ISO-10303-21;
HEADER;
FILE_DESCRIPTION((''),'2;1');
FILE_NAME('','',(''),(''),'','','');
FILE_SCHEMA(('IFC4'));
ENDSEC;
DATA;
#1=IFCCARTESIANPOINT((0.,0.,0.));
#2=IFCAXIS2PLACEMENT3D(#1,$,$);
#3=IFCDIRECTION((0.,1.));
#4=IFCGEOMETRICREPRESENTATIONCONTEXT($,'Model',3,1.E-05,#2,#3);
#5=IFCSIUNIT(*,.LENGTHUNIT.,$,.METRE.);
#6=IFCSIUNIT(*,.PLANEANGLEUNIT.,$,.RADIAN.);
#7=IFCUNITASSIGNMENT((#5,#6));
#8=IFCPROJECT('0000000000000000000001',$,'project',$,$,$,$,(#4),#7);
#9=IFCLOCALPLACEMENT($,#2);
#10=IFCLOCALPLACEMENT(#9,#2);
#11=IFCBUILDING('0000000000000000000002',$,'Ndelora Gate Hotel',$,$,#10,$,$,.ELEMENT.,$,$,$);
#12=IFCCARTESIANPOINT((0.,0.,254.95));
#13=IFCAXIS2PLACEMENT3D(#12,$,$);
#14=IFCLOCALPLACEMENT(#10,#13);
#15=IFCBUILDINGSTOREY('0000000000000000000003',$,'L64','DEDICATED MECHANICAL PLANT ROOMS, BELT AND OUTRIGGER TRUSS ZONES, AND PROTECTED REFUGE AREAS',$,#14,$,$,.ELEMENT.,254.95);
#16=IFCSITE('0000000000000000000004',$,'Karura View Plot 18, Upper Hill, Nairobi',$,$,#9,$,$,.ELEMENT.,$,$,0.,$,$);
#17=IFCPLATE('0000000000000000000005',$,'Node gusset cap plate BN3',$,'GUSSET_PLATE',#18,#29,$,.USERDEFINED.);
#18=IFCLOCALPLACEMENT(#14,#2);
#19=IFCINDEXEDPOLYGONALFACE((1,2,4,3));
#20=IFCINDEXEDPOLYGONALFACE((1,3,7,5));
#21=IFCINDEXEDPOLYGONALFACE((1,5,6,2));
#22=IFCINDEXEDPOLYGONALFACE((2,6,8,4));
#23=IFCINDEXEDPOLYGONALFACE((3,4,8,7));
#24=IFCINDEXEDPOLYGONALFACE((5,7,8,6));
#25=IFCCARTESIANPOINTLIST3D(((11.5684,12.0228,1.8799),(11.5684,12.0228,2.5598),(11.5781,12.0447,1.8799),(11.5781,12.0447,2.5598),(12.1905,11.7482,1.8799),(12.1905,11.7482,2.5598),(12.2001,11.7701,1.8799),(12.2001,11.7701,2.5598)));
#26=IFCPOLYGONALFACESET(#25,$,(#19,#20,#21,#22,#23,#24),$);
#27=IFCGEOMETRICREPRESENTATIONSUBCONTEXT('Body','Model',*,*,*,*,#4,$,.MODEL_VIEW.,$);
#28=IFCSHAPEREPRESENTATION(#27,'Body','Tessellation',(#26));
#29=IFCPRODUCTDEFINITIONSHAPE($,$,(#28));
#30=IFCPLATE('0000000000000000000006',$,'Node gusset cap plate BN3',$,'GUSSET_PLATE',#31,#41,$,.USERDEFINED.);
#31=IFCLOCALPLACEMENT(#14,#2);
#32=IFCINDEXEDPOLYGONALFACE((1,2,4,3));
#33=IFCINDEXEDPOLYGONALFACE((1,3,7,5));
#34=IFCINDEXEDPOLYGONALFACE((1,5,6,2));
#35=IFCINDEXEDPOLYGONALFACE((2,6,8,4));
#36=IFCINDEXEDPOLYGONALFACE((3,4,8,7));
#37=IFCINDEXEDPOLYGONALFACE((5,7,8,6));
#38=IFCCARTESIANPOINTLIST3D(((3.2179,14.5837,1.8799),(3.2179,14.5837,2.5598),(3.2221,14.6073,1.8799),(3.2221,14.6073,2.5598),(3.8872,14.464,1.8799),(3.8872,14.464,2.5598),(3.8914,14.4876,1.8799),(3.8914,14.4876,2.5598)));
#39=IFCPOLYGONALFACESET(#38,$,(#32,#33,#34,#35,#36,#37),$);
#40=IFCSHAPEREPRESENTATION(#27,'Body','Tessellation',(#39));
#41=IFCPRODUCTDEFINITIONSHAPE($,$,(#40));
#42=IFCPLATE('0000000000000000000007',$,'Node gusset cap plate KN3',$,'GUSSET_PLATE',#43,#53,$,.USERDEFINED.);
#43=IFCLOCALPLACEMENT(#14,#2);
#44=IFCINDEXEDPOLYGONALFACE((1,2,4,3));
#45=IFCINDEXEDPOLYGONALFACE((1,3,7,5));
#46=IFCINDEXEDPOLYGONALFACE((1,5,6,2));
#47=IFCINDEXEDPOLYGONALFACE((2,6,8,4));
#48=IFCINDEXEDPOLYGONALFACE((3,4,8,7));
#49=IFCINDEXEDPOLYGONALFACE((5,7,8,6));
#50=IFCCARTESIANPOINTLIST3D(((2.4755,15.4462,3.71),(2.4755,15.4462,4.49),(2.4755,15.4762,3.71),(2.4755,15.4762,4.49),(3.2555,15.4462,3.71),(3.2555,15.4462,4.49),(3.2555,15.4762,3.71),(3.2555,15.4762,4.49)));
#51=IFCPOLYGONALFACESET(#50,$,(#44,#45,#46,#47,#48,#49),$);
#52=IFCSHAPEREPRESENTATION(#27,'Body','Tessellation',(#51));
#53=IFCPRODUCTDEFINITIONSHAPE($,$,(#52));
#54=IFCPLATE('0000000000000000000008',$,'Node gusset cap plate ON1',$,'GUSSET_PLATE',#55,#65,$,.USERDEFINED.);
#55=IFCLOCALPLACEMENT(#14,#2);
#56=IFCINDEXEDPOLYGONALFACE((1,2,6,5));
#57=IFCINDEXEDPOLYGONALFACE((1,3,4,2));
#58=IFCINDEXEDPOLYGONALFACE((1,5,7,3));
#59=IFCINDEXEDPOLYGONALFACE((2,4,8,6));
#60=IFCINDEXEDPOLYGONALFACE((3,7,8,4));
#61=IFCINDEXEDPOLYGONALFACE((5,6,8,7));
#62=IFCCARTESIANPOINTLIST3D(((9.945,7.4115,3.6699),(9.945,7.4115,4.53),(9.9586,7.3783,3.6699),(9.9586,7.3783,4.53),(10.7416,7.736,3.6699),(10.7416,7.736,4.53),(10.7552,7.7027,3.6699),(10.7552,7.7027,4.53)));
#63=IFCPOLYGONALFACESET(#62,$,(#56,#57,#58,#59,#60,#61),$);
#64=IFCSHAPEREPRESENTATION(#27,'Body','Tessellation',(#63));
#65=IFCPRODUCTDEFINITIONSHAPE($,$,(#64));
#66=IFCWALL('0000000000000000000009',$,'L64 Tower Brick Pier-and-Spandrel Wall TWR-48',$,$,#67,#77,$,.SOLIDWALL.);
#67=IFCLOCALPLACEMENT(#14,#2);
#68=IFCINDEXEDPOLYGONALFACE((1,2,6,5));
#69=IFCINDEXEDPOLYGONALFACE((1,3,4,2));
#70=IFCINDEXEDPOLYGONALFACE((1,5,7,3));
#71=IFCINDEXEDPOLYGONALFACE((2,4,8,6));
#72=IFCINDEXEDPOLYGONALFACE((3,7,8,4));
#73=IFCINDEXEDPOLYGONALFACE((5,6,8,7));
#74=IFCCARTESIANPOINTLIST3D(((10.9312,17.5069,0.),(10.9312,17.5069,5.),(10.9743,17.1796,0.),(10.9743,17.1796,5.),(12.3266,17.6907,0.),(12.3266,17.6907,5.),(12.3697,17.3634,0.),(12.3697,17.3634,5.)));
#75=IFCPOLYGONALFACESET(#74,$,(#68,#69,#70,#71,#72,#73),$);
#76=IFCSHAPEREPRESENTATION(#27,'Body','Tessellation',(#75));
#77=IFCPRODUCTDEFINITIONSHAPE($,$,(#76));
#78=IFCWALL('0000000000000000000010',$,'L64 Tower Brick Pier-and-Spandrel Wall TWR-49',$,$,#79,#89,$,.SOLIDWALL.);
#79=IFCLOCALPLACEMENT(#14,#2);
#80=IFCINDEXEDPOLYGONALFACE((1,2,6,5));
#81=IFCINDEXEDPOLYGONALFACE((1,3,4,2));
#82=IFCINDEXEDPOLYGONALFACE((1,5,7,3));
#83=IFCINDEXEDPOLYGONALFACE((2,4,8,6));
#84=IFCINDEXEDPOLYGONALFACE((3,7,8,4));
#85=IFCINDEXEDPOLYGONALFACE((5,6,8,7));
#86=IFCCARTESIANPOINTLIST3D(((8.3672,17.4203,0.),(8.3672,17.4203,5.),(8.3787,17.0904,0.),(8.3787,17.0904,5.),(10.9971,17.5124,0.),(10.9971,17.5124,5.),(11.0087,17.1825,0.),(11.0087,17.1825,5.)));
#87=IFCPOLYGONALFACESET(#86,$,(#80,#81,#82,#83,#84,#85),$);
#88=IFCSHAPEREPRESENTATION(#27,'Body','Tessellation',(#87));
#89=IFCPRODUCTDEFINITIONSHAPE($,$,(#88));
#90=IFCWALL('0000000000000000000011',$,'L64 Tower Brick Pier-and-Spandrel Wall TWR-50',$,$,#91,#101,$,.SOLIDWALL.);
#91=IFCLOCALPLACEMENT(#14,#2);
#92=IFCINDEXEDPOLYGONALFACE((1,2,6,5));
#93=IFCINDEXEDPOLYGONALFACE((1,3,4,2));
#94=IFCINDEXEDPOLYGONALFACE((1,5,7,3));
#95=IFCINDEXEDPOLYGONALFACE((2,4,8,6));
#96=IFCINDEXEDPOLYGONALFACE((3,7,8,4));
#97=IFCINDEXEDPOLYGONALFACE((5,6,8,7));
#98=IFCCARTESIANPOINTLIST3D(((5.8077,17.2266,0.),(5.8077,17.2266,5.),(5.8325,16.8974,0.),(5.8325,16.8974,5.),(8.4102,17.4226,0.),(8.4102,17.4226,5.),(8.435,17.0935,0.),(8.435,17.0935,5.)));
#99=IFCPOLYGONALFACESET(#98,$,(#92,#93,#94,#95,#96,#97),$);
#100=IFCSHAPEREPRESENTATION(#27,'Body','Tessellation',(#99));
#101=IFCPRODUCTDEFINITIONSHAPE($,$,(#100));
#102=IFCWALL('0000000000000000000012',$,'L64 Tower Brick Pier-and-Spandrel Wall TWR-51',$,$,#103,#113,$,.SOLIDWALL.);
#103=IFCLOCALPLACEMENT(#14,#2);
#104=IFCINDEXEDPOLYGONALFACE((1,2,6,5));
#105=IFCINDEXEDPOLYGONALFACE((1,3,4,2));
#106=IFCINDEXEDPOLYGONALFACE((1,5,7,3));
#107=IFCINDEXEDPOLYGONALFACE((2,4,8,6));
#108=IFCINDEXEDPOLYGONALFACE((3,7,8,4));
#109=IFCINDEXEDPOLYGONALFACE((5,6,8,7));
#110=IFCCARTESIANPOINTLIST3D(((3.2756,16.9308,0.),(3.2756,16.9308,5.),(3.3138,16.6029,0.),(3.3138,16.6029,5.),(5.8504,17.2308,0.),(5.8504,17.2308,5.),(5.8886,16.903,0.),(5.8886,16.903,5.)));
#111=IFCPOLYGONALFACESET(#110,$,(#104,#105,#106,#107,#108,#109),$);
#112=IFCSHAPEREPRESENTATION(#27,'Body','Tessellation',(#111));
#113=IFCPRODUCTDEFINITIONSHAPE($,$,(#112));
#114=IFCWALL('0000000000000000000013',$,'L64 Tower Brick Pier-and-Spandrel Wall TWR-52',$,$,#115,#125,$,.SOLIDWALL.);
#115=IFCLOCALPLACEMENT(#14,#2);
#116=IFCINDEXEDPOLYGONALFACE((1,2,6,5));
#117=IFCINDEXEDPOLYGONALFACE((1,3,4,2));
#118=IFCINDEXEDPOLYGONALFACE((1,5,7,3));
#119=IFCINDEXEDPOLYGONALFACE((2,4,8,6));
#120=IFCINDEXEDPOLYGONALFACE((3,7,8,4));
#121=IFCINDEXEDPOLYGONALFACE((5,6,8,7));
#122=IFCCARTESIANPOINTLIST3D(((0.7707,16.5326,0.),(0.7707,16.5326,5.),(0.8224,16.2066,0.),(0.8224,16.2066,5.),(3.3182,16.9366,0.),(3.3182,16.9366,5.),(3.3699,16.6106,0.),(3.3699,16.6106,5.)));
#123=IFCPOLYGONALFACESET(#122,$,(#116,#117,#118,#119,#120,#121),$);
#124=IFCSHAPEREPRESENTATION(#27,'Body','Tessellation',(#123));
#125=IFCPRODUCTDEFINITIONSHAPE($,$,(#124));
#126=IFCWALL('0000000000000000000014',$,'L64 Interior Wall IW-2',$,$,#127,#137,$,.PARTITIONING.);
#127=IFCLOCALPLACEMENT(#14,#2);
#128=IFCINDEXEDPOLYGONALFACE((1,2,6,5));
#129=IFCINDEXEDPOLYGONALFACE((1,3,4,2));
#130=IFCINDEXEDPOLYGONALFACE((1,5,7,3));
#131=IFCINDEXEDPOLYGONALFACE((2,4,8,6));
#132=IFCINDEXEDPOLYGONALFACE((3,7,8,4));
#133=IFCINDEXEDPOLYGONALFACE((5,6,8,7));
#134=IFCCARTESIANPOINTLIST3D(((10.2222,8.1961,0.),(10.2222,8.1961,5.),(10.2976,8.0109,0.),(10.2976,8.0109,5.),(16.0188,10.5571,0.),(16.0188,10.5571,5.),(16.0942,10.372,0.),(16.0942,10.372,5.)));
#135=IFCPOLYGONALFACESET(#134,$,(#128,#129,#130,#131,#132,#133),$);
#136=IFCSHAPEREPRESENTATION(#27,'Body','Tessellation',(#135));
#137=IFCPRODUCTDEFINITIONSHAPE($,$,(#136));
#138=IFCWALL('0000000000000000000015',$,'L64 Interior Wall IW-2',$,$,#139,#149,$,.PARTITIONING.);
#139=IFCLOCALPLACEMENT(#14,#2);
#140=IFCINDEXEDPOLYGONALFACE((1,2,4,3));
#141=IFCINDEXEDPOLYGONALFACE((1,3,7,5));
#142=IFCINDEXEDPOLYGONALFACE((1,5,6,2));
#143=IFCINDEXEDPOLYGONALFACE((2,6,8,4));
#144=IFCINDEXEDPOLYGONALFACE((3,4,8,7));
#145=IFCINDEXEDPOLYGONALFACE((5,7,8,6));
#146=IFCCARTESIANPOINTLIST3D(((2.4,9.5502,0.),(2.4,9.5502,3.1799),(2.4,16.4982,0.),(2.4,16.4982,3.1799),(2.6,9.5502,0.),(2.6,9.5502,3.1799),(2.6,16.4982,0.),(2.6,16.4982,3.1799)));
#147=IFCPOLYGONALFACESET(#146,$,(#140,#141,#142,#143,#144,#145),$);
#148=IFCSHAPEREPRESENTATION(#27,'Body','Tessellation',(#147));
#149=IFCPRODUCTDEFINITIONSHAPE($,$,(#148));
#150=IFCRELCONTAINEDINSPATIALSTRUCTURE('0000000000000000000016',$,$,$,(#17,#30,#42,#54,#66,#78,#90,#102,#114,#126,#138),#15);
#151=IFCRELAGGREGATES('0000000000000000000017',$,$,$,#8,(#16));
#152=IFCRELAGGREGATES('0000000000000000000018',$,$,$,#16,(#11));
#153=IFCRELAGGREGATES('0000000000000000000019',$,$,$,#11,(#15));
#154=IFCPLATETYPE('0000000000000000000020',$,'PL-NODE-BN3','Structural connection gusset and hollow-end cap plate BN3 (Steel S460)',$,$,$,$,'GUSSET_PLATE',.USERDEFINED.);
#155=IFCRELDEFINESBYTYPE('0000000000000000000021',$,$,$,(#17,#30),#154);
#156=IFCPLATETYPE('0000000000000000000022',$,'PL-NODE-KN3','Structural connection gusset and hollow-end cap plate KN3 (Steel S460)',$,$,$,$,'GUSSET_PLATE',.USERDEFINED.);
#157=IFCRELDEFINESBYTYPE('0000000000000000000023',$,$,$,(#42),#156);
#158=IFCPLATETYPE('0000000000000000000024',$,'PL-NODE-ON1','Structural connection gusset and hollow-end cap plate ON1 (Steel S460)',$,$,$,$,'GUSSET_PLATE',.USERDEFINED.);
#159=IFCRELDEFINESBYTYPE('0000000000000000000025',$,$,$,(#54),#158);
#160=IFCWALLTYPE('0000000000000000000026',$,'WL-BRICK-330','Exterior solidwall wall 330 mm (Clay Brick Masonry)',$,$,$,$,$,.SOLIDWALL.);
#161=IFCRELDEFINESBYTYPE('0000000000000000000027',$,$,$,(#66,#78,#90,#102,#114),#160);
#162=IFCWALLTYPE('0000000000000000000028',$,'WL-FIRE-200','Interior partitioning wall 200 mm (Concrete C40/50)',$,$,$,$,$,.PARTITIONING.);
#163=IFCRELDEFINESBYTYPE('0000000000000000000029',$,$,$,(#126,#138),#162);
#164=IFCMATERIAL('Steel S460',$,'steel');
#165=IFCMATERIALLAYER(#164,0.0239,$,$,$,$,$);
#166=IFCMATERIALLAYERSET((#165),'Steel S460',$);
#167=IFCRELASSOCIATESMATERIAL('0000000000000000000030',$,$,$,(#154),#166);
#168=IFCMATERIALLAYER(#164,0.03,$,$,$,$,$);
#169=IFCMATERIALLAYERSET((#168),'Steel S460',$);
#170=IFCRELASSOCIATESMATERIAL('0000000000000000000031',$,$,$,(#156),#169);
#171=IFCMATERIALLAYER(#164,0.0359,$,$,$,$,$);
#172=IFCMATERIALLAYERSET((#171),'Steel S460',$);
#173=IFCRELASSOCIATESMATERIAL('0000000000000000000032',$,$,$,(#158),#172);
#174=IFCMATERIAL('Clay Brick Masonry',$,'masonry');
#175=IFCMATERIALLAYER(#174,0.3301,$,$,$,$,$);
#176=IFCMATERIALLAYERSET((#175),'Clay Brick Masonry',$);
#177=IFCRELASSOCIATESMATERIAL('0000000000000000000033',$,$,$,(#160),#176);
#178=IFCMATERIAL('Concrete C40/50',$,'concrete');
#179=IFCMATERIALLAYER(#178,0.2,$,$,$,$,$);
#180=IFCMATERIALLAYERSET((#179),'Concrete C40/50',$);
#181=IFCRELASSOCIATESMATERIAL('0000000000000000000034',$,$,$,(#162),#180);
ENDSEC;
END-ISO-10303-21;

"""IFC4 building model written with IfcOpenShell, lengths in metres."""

from ifc_helpers import new_model, si_unit, direction, frame, frame_2d, origin, origin_2d, place, context, subcontext, project, spatial, rectangle, extrude, material, layer, layer_set, type_object, element, save


model = new_model("IFC4")

# Units and contexts
model_context = context("Model", 3, precision=1e-05, world=origin(), true_north=direction((0.0, 1.0)))
body_context = subcontext(model_context, "Body", "Model", "MODEL_VIEW")
ifc_project = project(units=[si_unit("LENGTHUNIT", "METRE"), si_unit("PLANEANGLEUNIT", "RADIAN")], contexts=[model_context])

# Site, building, storey
site_placement = place(None, origin())
site = spatial("IfcSite", under=ifc_project, at=site_placement, Name="Karura View Plot 18, Upper Hill, Nairobi", CompositionType="ELEMENT", RefElevation=0.0)
building_placement = place(site_placement, origin())
building = spatial("IfcBuilding", under=site, at=building_placement, Name="Ndelora Gate Hotel", CompositionType="ELEMENT")
storey_placement = place(building_placement, frame((0.0, 0.0, 254.95)))
storey = spatial("IfcBuildingStorey", under=building, at=storey_placement, Name="L64", Description="DEDICATED MECHANICAL PLANT ROOMS, BELT AND OUTRIGGER TRUSS ZONES, AND PROTECTED REFUGE AREAS", CompositionType="ELEMENT", Elevation=254.95)

# Shared definitions
ifc_material_1 = material(Name="Steel S460", Category="steel")

# Plates
ifc_layer_1 = layer(ifc_material_1, 0.0239)
ifc_layer_set_1 = layer_set([ifc_layer_1], Name="Steel S460")
plate_type_1 = type_object("IfcPlateType", Name="PL-NODE-BN3", Description="Structural connection gusset and hollow-end cap plate BN3 (Steel S460)", ElementType="GUSSET_PLATE", PredefinedType="USERDEFINED", material=ifc_layer_set_1)
for number, where, z_axis, x_axis, name in (
    (1, (11.8843, 11.8965, 1.8799), (0.0, 0.0, 1.0), (-0.914819, 0.403865, 0.0), "Node gusset cap plate BN3"),
    (2, (3.5547, 14.5356, 1.8799), (0.0, 0.0, 1.0), (-0.984381, 0.176054, 0.0), "Node gusset cap plate BN3"),
):
    element("IfcPlate", number, at=place(storey_placement, frame(where, z_axis=z_axis, x_axis=x_axis)), inside=storey, type_object=plate_type_1, Name=name, ObjectType="GUSSET_PLATE", PredefinedType="USERDEFINED", context=body_context, shape_type="SweptSolid", body=[
        extrude(rectangle(XDim=0.6799, YDim=0.0239, at=origin_2d()), origin(), (0.0, 0.0, 1.0), 0.6799),
    ])
ifc_layer_2 = layer(ifc_material_1, 0.03)
ifc_layer_set_2 = layer_set([ifc_layer_2], Name="Steel S460")
plate_type_2 = type_object("IfcPlateType", Name="PL-NODE-KN3", Description="Structural connection gusset and hollow-end cap plate KN3 (Steel S460)", ElementType="GUSSET_PLATE", PredefinedType="USERDEFINED", material=ifc_layer_set_2)
plate_1_placement = place(storey_placement, frame((2.8655, 15.4612, 3.71), z_axis=(0.0, 0.0, 1.0), x_axis=(1.0, 0.0, 0.0)))
element("IfcPlate", 3, at=plate_1_placement, inside=storey, type_object=plate_type_2, Name="Node gusset cap plate KN3", ObjectType="GUSSET_PLATE", PredefinedType="USERDEFINED", context=body_context, shape_type="SweptSolid", body=[
    extrude(rectangle(XDim=0.78, YDim=0.03, at=origin_2d()), origin(), (0.0, 0.0, 1.0), 0.78),
])
ifc_layer_3 = layer(ifc_material_1, 0.0359)
ifc_layer_set_3 = layer_set([ifc_layer_3], Name="Steel S460")
plate_type_3 = type_object("IfcPlateType", Name="PL-NODE-ON1", Description="Structural connection gusset and hollow-end cap plate ON1 (Steel S460)", ElementType="GUSSET_PLATE", PredefinedType="USERDEFINED", material=ifc_layer_set_3)
plate_2_placement = place(storey_placement, frame((10.3501, 7.5571, 3.6699), z_axis=(0.0, 0.0, 1.0), x_axis=(0.926134, 0.377194, 0.0)))
element("IfcPlate", 4, at=plate_2_placement, inside=storey, type_object=plate_type_3, Name="Node gusset cap plate ON1", ObjectType="GUSSET_PLATE", PredefinedType="USERDEFINED", context=body_context, shape_type="SweptSolid", body=[
    extrude(rectangle(XDim=0.8601, YDim=0.0359, at=origin_2d()), origin(), (0.0, 0.0, 1.0), 0.8601),
])

# Walls
ifc_material_2 = material(Name="Clay Brick Masonry", Category="masonry")
ifc_layer_4 = layer(ifc_material_2, 0.3301)
ifc_layer_set_4 = layer_set([ifc_layer_4], Name="Clay Brick Masonry")
wall_type_1 = type_object("IfcWallType", Name="WL-BRICK-330", Description="Exterior solidwall wall 330 mm (Clay Brick Masonry)", PredefinedType="SOLIDWALL", material=ifc_layer_set_4)
wall_1_placement = place(storey_placement, frame((10.9529, 17.3433, 0.0), z_axis=(0.0, 0.0, 1.0), x_axis=(0.991434, 0.130607, 0.0)))
element("IfcWall", 5, at=wall_1_placement, inside=storey, type_object=wall_type_1, Name="L64 Tower Brick Pier-and-Spandrel Wall TWR-48", PredefinedType="SOLIDWALL", context=body_context, shape_type="SweptSolid", body=[
    extrude(rectangle(XDim=1.4075, YDim=0.3301, at=frame_2d((0.7036, 0.0))), origin(), (0.0, 0.0, 1.0), 5.0),
])
wall_2_placement = place(storey_placement, frame((8.3728, 17.2554, 0.0), z_axis=(0.0, 0.0, 1.0), x_axis=(0.999388, 0.034977, 0.0)))
element("IfcWall", 6, at=wall_2_placement, inside=storey, type_object=wall_type_1, Name="L64 Tower Brick Pier-and-Spandrel Wall TWR-49", PredefinedType="SOLIDWALL", context=body_context, shape_type="SweptSolid", body=[
    extrude(rectangle(XDim=2.6316, YDim=0.3301, at=frame_2d((1.3159, 0.0))), origin(), (0.0, 0.0, 1.0), 5.0),
])
wall_3_placement = place(storey_placement, frame((5.8201, 17.062, 0.0), z_axis=(0.0, 0.0, 1.0), x_axis=(0.997175, 0.075116, 0.0)))
element("IfcWall", 7, at=wall_3_placement, inside=storey, type_object=wall_type_1, Name="L64 Tower Brick Pier-and-Spandrel Wall TWR-50", PredefinedType="SOLIDWALL", context=body_context, shape_type="SweptSolid", body=[
    extrude(rectangle(XDim=2.6099, YDim=0.3301, at=frame_2d((1.3049, 0.0))), origin(), (0.0, 0.0, 1.0), 5.0),
])
wall_4_placement = place(storey_placement, frame((3.2947, 16.7668, 0.0), z_axis=(0.0, 0.0, 1.0), x_axis=(0.993279, 0.115743, 0.0)))
element("IfcWall", 8, at=wall_4_placement, inside=storey, type_object=wall_type_1, Name="L64 Tower Brick Pier-and-Spandrel Wall TWR-51", PredefinedType="SOLIDWALL", context=body_context, shape_type="SweptSolid", body=[
    extrude(rectangle(XDim=2.5923, YDim=0.3301, at=frame_2d((1.2961, 0.0))), origin(), (0.0, 0.0, 1.0), 5.0),
])
wall_5_placement = place(storey_placement, frame((0.7966, 16.3696, 0.0), z_axis=(0.0, 0.0, 1.0), x_axis=(0.987655, 0.156643, 0.0)))
element("IfcWall", 9, at=wall_5_placement, inside=storey, type_object=wall_type_1, Name="L64 Tower Brick Pier-and-Spandrel Wall TWR-52", PredefinedType="SOLIDWALL", context=body_context, shape_type="SweptSolid", body=[
    extrude(rectangle(XDim=2.5793, YDim=0.3301, at=frame_2d((1.2896, 0.0))), origin(), (0.0, 0.0, 1.0), 5.0),
])
ifc_material_3 = material(Name="Concrete C40/50", Category="concrete")
ifc_layer_5 = layer(ifc_material_3, 0.2)
ifc_layer_set_5 = layer_set([ifc_layer_5], Name="Concrete C40/50")
wall_type_2 = type_object("IfcWallType", Name="WL-FIRE-200", Description="Interior partitioning wall 200 mm (Concrete C40/50)", PredefinedType="PARTITIONING", material=ifc_layer_set_5)
wall_6_placement = place(storey_placement, frame((10.26, 8.1035, 0.0), z_axis=(0.0, 0.0, 1.0), x_axis=(0.926121, 0.377228, 0.0)))
element("IfcWall", 10, at=wall_6_placement, inside=storey, type_object=wall_type_2, Name="L64 Interior Wall IW-2", PredefinedType="PARTITIONING", context=body_context, shape_type="SweptSolid", body=[
    extrude(rectangle(XDim=6.259, YDim=0.2, at=frame_2d((3.1294, 0.0))), origin(), (0.0, 0.0, 1.0), 5.0),
])
wall_7_placement = place(storey_placement, frame((2.5, 9.55, 0.0), z_axis=(0.0, 0.0, 1.0), x_axis=(0.0, 1.0, 0.0)))
element("IfcWall", 11, at=wall_7_placement, inside=storey, type_object=wall_type_2, Name="L64 Interior Wall IW-2", PredefinedType="PARTITIONING", context=body_context, shape_type="SweptSolid", body=[
    extrude(rectangle(XDim=6.948, YDim=0.2, at=frame_2d((3.4741, 0.0))), origin(), (0.0, 0.0, 1.0), 3.1799),
])

save(model, "model.ifc")
